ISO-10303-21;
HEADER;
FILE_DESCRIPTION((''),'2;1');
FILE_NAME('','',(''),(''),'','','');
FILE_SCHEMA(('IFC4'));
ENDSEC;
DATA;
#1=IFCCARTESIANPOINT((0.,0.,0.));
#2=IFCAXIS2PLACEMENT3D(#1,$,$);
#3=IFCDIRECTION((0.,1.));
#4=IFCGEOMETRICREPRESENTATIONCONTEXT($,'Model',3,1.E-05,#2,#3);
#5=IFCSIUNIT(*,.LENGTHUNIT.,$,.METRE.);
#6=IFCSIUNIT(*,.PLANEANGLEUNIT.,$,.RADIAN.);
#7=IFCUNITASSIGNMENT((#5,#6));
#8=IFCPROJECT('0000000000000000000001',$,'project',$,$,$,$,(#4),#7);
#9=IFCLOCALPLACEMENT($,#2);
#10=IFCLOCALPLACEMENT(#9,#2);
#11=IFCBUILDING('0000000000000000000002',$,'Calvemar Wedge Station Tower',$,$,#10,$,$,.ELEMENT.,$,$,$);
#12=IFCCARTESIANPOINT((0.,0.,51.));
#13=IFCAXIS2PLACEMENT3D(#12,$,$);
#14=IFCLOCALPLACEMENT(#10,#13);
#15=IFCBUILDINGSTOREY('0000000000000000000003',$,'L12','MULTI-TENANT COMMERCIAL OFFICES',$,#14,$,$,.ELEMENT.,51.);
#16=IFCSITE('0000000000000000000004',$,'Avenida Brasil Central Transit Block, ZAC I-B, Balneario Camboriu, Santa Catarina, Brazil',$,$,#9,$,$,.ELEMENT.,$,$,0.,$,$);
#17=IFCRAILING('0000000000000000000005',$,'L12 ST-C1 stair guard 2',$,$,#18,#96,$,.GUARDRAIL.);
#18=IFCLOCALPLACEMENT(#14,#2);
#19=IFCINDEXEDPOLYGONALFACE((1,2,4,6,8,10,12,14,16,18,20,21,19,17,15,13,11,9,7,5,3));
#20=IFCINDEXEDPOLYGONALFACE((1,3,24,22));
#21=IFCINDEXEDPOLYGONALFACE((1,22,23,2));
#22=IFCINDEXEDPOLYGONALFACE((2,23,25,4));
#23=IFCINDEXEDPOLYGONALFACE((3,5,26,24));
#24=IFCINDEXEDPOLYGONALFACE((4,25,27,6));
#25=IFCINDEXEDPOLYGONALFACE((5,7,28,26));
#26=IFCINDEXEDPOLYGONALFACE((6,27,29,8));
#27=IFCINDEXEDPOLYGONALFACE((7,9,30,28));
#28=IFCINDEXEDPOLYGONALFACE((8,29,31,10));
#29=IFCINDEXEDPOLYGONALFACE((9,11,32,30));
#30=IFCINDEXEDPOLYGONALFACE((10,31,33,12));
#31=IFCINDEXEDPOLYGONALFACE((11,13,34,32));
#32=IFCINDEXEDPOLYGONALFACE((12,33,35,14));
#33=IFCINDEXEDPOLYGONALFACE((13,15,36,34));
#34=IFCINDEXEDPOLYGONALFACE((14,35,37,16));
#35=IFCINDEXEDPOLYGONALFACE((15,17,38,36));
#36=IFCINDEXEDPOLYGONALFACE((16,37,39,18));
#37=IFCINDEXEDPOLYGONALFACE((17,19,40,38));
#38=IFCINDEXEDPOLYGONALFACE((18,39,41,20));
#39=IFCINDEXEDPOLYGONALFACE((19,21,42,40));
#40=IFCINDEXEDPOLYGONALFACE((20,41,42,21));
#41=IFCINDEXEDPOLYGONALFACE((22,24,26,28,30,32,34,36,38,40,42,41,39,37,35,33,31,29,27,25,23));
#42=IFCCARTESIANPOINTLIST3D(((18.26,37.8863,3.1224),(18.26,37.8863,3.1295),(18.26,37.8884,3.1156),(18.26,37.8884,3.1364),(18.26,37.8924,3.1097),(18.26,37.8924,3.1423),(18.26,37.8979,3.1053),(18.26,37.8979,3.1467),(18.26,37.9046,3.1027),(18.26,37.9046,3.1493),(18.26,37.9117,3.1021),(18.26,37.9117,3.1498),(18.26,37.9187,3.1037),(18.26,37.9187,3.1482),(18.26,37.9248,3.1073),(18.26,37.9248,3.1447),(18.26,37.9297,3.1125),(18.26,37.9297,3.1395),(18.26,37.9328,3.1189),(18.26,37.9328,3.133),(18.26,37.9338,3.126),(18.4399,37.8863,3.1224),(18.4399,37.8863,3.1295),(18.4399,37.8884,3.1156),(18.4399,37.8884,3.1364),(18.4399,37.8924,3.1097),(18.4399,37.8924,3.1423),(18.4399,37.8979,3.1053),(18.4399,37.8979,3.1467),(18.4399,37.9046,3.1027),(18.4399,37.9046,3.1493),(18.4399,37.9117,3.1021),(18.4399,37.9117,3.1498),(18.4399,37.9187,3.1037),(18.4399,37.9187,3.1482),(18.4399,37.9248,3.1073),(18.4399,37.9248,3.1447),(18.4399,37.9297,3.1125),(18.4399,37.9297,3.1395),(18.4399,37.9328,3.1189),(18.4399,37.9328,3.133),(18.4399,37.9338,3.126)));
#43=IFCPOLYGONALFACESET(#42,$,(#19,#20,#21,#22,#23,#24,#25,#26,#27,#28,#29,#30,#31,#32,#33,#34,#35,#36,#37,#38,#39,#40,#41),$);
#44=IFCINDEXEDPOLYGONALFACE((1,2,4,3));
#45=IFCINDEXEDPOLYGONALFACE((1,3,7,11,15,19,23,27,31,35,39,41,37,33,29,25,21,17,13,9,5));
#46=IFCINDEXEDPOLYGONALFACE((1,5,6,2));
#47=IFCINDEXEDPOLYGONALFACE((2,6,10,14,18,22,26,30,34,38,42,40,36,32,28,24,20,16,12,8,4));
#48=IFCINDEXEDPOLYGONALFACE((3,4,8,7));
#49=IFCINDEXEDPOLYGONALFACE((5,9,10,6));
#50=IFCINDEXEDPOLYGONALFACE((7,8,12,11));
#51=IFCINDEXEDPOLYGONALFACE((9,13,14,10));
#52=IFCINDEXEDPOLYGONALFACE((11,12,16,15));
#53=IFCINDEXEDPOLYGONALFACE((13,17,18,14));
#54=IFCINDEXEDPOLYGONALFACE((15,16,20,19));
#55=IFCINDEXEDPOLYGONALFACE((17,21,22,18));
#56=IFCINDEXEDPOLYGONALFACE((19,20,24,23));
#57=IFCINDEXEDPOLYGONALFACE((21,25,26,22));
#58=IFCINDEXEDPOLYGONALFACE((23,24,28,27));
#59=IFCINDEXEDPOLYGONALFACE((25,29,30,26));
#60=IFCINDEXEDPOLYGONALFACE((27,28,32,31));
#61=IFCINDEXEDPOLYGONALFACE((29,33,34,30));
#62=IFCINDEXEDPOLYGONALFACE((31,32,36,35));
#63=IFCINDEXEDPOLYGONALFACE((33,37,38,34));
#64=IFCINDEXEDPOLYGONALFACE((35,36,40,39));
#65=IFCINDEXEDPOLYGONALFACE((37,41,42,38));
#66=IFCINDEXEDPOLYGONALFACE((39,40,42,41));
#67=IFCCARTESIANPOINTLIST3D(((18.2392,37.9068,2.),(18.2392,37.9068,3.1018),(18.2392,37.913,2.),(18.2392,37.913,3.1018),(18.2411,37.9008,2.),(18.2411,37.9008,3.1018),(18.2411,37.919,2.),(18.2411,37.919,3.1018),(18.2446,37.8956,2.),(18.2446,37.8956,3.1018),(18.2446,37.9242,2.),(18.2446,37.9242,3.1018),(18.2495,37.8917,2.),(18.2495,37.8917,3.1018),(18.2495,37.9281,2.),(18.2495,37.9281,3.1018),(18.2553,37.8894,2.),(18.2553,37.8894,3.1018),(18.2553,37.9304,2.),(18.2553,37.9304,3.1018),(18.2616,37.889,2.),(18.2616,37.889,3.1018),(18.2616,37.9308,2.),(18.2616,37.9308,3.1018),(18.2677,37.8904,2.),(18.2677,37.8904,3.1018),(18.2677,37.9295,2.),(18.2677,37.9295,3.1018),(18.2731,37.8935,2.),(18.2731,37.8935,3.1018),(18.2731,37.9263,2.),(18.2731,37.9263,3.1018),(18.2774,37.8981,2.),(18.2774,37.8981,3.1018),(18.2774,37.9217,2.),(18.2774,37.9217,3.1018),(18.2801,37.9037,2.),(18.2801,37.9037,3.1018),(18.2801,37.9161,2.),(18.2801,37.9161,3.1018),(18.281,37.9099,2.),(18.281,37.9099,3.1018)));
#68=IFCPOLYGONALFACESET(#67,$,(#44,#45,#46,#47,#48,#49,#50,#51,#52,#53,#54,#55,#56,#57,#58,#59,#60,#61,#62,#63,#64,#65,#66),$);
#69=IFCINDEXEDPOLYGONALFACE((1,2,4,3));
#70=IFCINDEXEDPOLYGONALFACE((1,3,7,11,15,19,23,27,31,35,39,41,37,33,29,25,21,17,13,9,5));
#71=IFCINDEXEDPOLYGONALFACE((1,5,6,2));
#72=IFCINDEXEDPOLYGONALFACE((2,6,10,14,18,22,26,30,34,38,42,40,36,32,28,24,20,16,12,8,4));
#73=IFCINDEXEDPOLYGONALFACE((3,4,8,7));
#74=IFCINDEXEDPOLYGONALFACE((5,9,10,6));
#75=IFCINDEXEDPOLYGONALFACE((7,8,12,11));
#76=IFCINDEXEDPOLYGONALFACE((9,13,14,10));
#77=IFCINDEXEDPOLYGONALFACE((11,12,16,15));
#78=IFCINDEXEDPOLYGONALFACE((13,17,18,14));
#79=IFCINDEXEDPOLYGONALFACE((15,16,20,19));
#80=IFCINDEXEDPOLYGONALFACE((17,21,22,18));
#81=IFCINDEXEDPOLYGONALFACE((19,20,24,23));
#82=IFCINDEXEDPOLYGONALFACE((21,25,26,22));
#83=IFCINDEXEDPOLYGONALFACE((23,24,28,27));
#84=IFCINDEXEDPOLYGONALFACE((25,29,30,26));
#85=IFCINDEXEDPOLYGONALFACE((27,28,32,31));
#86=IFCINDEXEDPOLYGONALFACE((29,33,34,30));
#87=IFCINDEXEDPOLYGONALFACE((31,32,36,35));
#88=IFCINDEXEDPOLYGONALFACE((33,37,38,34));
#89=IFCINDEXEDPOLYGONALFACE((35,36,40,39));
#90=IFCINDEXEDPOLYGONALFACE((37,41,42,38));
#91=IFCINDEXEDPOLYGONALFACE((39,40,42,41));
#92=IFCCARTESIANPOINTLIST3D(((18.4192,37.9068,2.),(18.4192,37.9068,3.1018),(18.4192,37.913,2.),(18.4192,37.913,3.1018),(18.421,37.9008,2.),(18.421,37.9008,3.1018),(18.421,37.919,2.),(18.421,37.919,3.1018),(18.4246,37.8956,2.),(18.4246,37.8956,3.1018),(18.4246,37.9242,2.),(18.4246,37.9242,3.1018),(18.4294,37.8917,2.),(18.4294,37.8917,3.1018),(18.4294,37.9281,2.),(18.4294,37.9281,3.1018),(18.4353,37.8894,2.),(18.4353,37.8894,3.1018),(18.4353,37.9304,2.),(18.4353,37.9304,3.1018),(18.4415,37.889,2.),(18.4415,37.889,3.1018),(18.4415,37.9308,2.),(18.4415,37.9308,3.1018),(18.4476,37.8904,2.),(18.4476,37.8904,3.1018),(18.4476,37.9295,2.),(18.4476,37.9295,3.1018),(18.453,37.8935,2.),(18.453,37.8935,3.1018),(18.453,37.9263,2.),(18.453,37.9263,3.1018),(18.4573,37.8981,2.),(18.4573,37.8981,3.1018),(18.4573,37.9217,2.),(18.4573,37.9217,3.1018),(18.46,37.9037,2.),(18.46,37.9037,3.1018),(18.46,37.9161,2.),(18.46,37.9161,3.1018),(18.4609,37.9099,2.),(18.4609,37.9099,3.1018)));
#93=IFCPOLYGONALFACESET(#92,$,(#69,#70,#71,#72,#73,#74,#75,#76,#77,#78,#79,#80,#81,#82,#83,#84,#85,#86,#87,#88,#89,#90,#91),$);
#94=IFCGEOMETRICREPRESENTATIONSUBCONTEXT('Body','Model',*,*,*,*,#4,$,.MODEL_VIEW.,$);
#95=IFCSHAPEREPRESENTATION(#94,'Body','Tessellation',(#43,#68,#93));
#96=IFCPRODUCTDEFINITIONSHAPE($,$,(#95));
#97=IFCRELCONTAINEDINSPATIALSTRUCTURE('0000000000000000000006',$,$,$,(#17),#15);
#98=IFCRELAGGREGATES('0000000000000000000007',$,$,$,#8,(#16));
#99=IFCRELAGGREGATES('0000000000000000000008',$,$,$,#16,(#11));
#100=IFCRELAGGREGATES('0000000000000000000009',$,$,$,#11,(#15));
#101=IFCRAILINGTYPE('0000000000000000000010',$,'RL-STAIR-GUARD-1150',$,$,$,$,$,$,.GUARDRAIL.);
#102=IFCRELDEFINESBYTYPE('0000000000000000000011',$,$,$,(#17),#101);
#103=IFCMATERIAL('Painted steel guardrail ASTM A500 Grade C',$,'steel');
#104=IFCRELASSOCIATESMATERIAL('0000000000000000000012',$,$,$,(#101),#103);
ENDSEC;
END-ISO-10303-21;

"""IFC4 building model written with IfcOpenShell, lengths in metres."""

from ifc_helpers import new_model, si_unit, direction, frame, origin, origin_2d, place, context, subcontext, project, spatial, circle, extrude, material, type_object, element, save


model = new_model("IFC4")

# Units and contexts
model_context = context("Model", 3, precision=1e-05, world=origin(), true_north=direction((0.0, 1.0)))
body_context = subcontext(model_context, "Body", "Model", "MODEL_VIEW")
ifc_project = project(units=[si_unit("LENGTHUNIT", "METRE"), si_unit("PLANEANGLEUNIT", "RADIAN")], contexts=[model_context])

# Site, building, storey
site_placement = place(None, origin())
site = spatial("IfcSite", under=ifc_project, at=site_placement, Name="Avenida Brasil Central Transit Block, ZAC I-B, Balneario Camboriu, Santa Catarina, Brazil", CompositionType="ELEMENT", RefElevation=0.0)
building_placement = place(site_placement, origin())
building = spatial("IfcBuilding", under=site, at=building_placement, Name="Calvemar Wedge Station Tower", CompositionType="ELEMENT")
storey_placement = place(building_placement, frame((0.0, 0.0, 51.0)))
storey = spatial("IfcBuildingStorey", under=building, at=storey_placement, Name="L12", Description="MULTI-TENANT COMMERCIAL OFFICES", CompositionType="ELEMENT", Elevation=51.0)

# Railing
ifc_material_1 = material(Name="Painted steel guardrail ASTM A500 Grade C", Category="steel")
railing_type_1 = type_object("IfcRailingType", Name="RL-STAIR-GUARD-1150", PredefinedType="GUARDRAIL", material=ifc_material_1)
railing_1_placement = place(storey_placement, frame((18.26, 37.9099, 2.0)))
element("IfcRailing", 1, at=railing_1_placement, inside=storey, type_object=railing_type_1, Name="L12 ST-C1 stair guard 2", PredefinedType="GUARDRAIL", context=body_context, shape_type="SweptSolid", body=[
    extrude(circle(Radius=0.0239, at=origin_2d()), frame((0.0, 0.0, 1.126), z_axis=(1.0, 0.0, 0.0), x_axis=(0.0, 1.0, 0.0)), (0.0, 0.0, 1.0), 0.1799),
    extrude(circle(Radius=0.021, at=origin_2d()), origin(), (0.0, 0.0, 1.0), 1.1018),
    extrude(circle(Radius=0.021, at=origin_2d()), frame((0.1799, 0.0, 0.0)), (0.0, 0.0, 1.0), 1.1018),
])

save(model, "model.ifc")
